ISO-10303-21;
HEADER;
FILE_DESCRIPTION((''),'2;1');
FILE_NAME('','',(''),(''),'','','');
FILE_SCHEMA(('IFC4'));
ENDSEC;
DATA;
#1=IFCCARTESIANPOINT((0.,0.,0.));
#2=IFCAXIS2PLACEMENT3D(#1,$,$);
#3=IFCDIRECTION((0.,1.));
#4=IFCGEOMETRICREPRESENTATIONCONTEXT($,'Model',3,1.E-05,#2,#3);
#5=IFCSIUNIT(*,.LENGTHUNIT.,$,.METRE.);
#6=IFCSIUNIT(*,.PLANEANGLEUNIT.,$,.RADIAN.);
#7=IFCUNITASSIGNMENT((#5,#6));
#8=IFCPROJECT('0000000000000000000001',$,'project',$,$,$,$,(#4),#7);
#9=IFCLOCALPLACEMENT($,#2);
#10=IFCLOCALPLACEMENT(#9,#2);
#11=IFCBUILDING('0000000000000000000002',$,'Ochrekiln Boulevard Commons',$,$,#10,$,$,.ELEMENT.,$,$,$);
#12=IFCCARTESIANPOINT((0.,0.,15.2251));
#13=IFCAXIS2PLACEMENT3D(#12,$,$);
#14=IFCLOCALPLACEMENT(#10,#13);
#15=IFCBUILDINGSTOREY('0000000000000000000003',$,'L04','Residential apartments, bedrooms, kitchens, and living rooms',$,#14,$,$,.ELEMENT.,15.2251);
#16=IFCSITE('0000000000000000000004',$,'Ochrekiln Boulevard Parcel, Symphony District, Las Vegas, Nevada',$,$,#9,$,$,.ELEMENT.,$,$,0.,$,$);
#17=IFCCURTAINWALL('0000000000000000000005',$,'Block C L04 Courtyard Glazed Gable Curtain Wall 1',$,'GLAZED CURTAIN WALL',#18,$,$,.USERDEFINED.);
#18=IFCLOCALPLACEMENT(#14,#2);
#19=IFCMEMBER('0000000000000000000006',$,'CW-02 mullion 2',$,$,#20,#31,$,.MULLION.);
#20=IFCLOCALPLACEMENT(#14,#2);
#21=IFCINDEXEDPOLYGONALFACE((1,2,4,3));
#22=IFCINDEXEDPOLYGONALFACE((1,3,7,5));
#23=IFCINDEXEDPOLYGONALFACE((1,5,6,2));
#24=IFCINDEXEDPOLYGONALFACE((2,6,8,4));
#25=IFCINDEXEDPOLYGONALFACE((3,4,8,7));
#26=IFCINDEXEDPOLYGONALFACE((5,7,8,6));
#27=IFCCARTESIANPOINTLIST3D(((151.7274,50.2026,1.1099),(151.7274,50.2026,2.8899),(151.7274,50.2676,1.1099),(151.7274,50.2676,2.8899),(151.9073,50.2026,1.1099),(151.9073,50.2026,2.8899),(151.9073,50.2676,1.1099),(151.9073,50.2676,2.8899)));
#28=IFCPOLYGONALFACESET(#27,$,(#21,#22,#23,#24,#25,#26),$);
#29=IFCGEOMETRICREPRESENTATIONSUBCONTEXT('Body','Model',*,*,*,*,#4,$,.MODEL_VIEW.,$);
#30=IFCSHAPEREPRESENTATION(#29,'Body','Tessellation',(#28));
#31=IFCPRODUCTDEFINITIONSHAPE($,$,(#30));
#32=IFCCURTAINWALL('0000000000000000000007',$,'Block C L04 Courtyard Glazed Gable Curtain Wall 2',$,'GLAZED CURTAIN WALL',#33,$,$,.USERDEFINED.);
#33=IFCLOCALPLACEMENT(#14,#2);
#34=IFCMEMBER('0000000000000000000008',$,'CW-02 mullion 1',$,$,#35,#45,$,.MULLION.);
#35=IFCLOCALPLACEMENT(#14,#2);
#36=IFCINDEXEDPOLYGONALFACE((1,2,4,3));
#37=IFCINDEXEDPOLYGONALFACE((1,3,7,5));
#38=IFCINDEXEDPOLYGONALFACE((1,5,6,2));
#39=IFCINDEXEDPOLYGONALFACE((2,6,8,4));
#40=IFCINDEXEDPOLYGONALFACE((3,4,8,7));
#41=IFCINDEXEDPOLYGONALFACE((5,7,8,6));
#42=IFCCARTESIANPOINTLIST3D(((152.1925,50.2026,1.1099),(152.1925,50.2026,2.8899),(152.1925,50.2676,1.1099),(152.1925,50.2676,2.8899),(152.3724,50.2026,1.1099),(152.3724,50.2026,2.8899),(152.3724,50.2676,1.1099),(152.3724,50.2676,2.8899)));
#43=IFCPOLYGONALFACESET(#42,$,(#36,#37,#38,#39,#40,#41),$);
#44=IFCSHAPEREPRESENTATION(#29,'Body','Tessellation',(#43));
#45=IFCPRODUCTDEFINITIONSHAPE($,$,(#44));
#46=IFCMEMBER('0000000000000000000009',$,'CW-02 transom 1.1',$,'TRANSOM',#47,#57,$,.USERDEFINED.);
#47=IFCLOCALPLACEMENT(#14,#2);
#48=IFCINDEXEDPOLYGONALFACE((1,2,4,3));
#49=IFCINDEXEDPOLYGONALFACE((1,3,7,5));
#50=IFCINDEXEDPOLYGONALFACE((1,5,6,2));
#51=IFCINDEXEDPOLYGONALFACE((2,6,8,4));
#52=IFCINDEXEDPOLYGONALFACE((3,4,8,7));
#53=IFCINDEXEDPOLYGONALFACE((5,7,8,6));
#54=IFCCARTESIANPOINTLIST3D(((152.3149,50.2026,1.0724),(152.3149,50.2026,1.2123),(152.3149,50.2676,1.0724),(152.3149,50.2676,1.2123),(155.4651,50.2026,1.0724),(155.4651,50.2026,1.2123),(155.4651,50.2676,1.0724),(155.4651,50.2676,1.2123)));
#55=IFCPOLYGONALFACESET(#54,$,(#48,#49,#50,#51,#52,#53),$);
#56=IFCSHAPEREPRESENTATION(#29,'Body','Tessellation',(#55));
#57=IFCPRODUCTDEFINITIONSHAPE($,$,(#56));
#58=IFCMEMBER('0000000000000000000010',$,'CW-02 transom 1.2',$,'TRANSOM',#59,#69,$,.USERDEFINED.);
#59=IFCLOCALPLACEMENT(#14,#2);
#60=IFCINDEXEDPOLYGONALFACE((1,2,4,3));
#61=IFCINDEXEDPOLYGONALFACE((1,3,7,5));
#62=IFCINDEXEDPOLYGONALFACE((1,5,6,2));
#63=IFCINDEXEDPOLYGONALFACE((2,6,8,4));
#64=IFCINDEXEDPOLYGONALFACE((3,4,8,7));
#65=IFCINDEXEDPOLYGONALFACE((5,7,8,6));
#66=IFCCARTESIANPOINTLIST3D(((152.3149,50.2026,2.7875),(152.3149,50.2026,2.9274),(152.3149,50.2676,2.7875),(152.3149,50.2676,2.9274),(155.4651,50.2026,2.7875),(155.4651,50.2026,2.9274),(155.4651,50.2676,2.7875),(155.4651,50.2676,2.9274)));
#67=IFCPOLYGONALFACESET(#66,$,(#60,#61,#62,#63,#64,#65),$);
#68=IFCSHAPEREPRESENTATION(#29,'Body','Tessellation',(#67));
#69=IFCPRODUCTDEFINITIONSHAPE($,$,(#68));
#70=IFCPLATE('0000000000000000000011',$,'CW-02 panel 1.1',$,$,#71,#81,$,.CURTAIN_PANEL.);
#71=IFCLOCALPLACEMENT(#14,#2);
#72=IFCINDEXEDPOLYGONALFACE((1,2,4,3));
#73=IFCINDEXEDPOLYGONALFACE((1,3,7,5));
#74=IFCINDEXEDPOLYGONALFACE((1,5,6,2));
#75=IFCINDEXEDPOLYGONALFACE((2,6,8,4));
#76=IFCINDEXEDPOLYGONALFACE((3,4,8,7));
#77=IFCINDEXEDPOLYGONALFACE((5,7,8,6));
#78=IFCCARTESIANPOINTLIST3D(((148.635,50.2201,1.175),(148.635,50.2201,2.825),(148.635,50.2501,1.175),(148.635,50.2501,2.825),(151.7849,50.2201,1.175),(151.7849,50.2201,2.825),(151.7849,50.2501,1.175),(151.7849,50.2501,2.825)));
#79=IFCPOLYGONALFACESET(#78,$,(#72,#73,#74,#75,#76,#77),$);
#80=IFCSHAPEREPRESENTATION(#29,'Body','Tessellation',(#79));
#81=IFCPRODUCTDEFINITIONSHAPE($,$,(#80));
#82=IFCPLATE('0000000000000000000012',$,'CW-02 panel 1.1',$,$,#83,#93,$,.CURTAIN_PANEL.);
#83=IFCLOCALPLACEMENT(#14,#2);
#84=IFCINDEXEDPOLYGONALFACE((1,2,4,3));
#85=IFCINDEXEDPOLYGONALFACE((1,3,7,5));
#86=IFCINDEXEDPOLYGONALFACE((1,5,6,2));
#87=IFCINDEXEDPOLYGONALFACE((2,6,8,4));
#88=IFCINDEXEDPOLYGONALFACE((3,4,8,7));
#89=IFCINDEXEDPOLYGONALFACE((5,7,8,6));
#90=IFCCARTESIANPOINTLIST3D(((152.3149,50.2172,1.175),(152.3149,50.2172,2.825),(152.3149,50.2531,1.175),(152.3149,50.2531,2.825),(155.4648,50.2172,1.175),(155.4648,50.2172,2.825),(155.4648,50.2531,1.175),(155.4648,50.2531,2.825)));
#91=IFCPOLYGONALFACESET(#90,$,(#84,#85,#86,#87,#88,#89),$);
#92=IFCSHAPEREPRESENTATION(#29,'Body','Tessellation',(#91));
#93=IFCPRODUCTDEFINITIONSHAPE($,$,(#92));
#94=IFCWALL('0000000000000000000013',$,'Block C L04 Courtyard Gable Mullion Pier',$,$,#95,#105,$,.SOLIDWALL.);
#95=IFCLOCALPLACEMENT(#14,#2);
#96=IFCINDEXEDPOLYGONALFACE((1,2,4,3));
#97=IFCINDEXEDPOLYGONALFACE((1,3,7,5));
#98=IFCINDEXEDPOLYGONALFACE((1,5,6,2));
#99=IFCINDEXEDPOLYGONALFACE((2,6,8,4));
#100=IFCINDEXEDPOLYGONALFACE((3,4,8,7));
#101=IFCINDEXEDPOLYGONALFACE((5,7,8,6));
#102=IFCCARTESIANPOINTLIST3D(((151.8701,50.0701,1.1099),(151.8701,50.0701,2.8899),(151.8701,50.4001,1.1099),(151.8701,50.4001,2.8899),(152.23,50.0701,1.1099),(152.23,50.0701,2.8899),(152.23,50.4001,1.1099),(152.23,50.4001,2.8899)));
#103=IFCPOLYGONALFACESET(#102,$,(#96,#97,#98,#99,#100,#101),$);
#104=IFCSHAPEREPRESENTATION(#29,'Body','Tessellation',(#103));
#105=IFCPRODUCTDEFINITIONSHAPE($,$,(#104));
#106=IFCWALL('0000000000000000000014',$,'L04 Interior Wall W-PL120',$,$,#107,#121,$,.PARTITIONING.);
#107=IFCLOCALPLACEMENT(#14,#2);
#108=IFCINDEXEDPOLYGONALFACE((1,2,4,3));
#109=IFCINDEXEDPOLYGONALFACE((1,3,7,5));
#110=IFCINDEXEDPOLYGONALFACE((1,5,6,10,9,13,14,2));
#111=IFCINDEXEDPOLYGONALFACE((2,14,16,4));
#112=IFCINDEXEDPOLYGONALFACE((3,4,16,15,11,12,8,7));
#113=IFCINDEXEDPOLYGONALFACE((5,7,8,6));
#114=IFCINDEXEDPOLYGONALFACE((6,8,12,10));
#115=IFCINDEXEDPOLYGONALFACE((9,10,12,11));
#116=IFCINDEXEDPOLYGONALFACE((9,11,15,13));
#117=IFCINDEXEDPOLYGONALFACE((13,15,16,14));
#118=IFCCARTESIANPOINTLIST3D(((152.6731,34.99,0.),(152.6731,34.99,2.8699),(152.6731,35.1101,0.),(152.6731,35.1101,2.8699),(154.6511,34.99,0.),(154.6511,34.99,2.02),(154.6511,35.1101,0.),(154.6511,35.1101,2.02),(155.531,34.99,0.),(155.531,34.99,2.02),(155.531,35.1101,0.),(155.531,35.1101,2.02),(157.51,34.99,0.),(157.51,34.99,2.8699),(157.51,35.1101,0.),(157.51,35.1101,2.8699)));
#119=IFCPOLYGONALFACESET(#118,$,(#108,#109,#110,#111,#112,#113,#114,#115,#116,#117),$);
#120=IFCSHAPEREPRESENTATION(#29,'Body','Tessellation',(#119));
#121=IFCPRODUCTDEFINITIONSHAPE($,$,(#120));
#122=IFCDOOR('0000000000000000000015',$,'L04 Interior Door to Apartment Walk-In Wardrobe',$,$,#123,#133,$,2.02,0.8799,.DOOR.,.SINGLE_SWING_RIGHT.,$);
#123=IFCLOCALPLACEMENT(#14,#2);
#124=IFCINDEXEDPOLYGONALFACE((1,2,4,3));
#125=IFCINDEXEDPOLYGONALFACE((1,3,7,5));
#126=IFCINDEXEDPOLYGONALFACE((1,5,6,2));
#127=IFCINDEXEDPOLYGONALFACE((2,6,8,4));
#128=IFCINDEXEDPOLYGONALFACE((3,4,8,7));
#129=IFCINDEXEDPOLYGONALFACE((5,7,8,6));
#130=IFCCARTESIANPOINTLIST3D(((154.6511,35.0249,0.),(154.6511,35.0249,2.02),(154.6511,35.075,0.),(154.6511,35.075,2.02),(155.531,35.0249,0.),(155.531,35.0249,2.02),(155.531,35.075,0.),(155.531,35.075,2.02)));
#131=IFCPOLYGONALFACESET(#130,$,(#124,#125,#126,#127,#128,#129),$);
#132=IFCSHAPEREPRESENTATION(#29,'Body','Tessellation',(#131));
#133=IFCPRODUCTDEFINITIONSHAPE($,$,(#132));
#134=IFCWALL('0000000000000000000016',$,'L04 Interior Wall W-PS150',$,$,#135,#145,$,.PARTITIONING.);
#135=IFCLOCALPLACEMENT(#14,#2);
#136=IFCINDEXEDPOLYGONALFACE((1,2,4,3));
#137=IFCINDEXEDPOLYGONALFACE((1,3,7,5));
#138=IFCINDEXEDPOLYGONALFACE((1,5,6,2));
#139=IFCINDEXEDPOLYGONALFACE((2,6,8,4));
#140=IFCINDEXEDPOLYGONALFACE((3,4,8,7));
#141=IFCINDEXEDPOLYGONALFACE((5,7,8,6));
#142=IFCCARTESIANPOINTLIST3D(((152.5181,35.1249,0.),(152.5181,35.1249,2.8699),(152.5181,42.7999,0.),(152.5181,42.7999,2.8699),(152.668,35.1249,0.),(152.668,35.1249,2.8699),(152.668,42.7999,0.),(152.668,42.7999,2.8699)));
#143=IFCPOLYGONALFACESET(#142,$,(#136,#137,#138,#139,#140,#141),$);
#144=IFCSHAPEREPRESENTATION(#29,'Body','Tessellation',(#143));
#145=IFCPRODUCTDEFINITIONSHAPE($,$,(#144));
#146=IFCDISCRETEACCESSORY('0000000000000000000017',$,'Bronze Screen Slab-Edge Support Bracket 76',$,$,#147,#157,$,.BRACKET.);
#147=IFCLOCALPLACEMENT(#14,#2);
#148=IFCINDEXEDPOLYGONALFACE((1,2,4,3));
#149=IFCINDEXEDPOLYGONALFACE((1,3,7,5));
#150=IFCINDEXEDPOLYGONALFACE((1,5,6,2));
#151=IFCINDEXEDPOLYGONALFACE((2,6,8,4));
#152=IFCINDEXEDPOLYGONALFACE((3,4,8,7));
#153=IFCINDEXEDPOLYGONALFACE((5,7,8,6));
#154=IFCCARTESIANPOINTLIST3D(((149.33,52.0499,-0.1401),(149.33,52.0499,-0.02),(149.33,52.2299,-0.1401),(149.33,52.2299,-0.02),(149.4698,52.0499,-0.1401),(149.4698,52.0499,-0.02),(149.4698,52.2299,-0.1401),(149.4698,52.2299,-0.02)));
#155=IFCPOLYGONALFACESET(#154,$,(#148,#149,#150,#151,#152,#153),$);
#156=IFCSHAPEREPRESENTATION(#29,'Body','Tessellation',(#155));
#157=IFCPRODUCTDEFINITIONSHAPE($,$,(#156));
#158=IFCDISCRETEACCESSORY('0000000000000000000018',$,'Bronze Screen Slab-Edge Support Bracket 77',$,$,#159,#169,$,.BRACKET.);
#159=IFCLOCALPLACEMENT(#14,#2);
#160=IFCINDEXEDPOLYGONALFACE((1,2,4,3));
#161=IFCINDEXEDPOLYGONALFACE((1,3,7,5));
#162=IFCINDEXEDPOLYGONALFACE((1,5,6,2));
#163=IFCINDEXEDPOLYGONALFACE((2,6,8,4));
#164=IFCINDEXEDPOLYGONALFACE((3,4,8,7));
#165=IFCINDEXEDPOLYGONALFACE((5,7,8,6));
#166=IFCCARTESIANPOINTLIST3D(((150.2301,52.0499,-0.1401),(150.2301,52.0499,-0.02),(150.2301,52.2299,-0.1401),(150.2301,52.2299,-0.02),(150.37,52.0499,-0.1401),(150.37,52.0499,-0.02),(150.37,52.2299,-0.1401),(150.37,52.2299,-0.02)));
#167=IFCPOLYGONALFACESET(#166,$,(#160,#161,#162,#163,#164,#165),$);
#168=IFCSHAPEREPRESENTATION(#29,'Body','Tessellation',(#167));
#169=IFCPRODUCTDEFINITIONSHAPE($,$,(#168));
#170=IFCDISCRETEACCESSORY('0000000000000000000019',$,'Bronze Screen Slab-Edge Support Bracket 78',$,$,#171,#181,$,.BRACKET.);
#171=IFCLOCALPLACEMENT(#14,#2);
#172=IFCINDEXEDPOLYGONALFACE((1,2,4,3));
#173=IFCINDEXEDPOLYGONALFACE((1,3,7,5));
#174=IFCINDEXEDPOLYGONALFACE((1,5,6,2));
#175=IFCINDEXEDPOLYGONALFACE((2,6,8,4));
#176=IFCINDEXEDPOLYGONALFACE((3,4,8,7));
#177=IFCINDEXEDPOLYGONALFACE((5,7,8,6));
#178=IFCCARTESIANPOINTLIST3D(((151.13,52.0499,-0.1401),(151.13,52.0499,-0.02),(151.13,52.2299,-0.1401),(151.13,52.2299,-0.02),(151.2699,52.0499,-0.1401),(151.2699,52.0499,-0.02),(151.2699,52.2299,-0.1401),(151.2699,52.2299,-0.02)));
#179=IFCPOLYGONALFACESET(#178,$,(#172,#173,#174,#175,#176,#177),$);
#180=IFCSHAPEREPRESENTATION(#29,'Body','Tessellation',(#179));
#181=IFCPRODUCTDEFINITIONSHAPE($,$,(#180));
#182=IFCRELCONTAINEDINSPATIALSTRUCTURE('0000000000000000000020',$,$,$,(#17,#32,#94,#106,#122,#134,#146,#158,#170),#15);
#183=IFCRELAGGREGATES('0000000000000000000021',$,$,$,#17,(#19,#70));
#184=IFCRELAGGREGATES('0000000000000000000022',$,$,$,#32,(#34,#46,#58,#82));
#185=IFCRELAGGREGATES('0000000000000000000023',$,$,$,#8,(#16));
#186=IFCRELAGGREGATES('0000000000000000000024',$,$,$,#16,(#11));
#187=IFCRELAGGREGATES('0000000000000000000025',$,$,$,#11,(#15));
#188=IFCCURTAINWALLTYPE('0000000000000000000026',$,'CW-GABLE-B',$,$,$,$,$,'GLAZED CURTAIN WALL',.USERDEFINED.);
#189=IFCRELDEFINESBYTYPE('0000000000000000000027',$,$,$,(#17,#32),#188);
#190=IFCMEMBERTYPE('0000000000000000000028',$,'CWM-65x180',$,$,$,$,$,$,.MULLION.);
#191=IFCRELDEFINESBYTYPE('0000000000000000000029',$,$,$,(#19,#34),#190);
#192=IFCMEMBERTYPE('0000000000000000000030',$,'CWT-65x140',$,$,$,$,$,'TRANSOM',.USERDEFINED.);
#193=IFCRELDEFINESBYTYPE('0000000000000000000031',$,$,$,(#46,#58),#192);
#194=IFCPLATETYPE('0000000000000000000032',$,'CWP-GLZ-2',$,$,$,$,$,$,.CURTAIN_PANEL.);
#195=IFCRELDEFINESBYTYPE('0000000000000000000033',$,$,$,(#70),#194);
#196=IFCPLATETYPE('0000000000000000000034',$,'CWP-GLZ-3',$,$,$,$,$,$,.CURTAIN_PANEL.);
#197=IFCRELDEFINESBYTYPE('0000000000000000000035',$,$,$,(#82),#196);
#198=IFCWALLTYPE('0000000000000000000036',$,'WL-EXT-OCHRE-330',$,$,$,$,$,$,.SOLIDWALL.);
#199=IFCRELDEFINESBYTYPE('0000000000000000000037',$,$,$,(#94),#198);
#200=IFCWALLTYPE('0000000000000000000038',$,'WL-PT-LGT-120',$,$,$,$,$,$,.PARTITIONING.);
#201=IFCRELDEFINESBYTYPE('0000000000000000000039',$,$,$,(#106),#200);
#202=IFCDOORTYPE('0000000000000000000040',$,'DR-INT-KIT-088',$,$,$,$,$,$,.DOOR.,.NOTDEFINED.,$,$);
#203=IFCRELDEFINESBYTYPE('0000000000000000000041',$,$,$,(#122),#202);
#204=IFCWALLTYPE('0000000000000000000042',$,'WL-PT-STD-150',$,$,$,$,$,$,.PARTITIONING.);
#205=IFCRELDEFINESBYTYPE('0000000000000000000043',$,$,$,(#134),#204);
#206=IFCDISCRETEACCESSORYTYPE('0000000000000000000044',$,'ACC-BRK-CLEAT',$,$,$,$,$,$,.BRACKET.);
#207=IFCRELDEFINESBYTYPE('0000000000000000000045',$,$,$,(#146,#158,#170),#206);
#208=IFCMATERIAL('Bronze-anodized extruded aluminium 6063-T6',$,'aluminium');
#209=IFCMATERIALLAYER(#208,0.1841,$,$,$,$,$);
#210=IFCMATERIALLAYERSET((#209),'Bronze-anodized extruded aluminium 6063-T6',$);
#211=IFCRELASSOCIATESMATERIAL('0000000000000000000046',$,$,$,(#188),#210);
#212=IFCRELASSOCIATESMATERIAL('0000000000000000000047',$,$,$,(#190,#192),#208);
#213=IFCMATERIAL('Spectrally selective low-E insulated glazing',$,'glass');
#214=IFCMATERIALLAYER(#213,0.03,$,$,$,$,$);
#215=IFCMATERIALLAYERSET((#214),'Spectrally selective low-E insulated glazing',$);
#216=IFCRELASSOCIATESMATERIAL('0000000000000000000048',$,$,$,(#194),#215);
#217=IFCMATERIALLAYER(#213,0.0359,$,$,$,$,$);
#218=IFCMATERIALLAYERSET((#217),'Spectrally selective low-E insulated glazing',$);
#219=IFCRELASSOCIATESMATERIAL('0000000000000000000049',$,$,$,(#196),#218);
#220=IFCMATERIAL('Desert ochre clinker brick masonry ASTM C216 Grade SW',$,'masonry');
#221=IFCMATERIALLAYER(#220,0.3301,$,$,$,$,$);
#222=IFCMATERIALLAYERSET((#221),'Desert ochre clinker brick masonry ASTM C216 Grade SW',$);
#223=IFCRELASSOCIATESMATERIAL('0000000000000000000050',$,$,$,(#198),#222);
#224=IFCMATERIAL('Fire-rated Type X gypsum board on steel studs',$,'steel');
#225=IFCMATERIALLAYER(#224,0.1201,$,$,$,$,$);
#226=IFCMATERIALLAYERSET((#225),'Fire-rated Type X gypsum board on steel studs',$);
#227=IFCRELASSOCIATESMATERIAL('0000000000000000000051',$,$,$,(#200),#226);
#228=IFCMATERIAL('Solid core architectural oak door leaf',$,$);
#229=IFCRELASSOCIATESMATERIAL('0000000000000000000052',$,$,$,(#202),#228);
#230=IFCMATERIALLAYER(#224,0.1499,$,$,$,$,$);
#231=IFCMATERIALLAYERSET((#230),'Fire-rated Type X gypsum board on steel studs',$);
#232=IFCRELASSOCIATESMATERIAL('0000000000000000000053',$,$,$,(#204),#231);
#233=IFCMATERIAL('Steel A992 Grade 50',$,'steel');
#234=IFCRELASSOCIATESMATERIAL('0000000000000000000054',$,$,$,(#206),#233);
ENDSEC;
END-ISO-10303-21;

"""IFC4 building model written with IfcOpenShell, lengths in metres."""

from ifc_helpers import new_model, si_unit, direction, frame, frame_2d, origin, origin_2d, place, context, subcontext, project, spatial, rectangle, extrude, material, layer, layer_set, material_profile, profile_set, type_object, element, fill, aggregate, save


model = new_model("IFC4")

# Units and contexts
model_context = context("Model", 3, precision=1e-05, world=origin(), true_north=direction((0.0, 1.0)))
body_context = subcontext(model_context, "Body", "Model", "MODEL_VIEW")
ifc_project = project(units=[si_unit("LENGTHUNIT", "METRE"), si_unit("PLANEANGLEUNIT", "RADIAN")], contexts=[model_context])

# Site, building, storey
site_placement = place(None, origin())
site = spatial("IfcSite", under=ifc_project, at=site_placement, Name="Ochrekiln Boulevard Parcel, Symphony District, Las Vegas, Nevada", CompositionType="ELEMENT", RefElevation=0.0)
building_placement = place(site_placement, origin())
building = spatial("IfcBuilding", under=site, at=building_placement, Name="Ochrekiln Boulevard Commons", CompositionType="ELEMENT")
storey_placement = place(building_placement, frame((0.0, 0.0, 15.2251)))
storey = spatial("IfcBuildingStorey", under=building, at=storey_placement, Name="L04", Description="Residential apartments, bedrooms, kitchens, and living rooms", CompositionType="ELEMENT", Elevation=15.2251)

# Curtain wall, member
ifc_material_1 = material(Name="Bronze-anodized extruded aluminium 6063-T6", Category="aluminium")
ifc_layer_1 = layer(ifc_material_1, 0.1841)
ifc_layer_set_1 = layer_set([ifc_layer_1], Name="Bronze-anodized extruded aluminium 6063-T6")
curtain_wall_type = type_object("IfcCurtainWallType", Name="CW-GABLE-B", ElementType="GLAZED CURTAIN WALL", PredefinedType="USERDEFINED", material=ifc_layer_set_1)
curtain_wall_1_placement = place(storey_placement, origin())
curtain_wall_1 = element("IfcCurtainWall", 1, at=curtain_wall_1_placement, inside=storey, type_object=curtain_wall_type, Name="Block C L04 Courtyard Glazed Gable Curtain Wall 1", ObjectType="GLAZED CURTAIN WALL", PredefinedType="USERDEFINED")
ifc_material_profile_1 = material_profile(ifc_material_1, rectangle(XDim=0.0649, YDim=0.1799, at=origin_2d()), Name="ALU-MUL-65x180")
ifc_profile_set_1 = profile_set([ifc_material_profile_1], Name="Bronze-anodized extruded aluminium 6063-T6")
member_type_1 = type_object("IfcMemberType", Name="CWM-65x180", PredefinedType="MULLION", material=ifc_profile_set_1)
member_1_placement = place(storey_placement, frame((151.8174, 50.2351, 1.1099), z_axis=(0.0, 0.0, 1.0), x_axis=(0.0, 1.0, 0.0)))
member_1 = element("IfcMember", 2, at=member_1_placement, type_object=member_type_1, Name="CW-02 mullion 2", PredefinedType="MULLION", context=body_context, shape_type="SweptSolid", body=[
    extrude(rectangle(XDim=0.0649, YDim=0.1799, at=origin_2d()), origin(), (0.0, 0.0, 1.0), 1.78),
])

# Curtain wall, members
curtain_wall_2_placement = place(storey_placement, origin())
curtain_wall_2 = element("IfcCurtainWall", 3, at=curtain_wall_2_placement, inside=storey, type_object=curtain_wall_type, Name="Block C L04 Courtyard Glazed Gable Curtain Wall 2", ObjectType="GLAZED CURTAIN WALL", PredefinedType="USERDEFINED")
member_2_placement = place(storey_placement, frame((152.2825, 50.2351, 1.1099), z_axis=(0.0, 0.0, 1.0), x_axis=(0.0, 1.0, 0.0)))
member_2 = element("IfcMember", 4, at=member_2_placement, type_object=member_type_1, Name="CW-02 mullion 1", PredefinedType="MULLION", context=body_context, shape_type="SweptSolid", body=[
    extrude(rectangle(XDim=0.0649, YDim=0.1799, at=origin_2d()), origin(), (0.0, 0.0, 1.0), 1.78),
])
ifc_material_profile_2 = material_profile(ifc_material_1, rectangle(XDim=0.0649, YDim=0.1399, at=origin_2d()), Name="ALU-TRN-65x140")
ifc_profile_set_2 = profile_set([ifc_material_profile_2], Name="Bronze-anodized extruded aluminium 6063-T6")
member_type_2 = type_object("IfcMemberType", Name="CWT-65x140", ElementType="TRANSOM", PredefinedType="USERDEFINED", material=ifc_profile_set_2)
member_3_placement = place(storey_placement, frame((152.3149, 50.2351, 1.1423), z_axis=(1.0, 0.0, 0.0), x_axis=(0.0, 1.0, 0.0)))
member_3 = element("IfcMember", 5, at=member_3_placement, type_object=member_type_2, Name="CW-02 transom 1.1", ObjectType="TRANSOM", PredefinedType="USERDEFINED", context=body_context, shape_type="SweptSolid", body=[
    extrude(rectangle(XDim=0.0649, YDim=0.1399, at=origin_2d()), origin(), (0.0, 0.0, 1.0), 3.1501),
])
member_4_placement = place(storey_placement, frame((152.3149, 50.2351, 2.8574), z_axis=(1.0, 0.0, 0.0), x_axis=(0.0, 1.0, 0.0)))
member_4 = element("IfcMember", 6, at=member_4_placement, type_object=member_type_2, Name="CW-02 transom 1.2", ObjectType="TRANSOM", PredefinedType="USERDEFINED", context=body_context, shape_type="SweptSolid", body=[
    extrude(rectangle(XDim=0.0649, YDim=0.1399, at=origin_2d()), origin(), (0.0, 0.0, 1.0), 3.1501),
])

# Plates
ifc_material_2 = material(Name="Spectrally selective low-E insulated glazing", Category="glass")
ifc_layer_2 = layer(ifc_material_2, 0.03)
ifc_layer_set_2 = layer_set([ifc_layer_2], Name="Spectrally selective low-E insulated glazing")
plate_type_1 = type_object("IfcPlateType", Name="CWP-GLZ-2", PredefinedType="CURTAIN_PANEL", material=ifc_layer_set_2)
plate_1_placement = place(storey_placement, frame((150.21, 50.2351, 1.175), z_axis=(0.0, 0.0, 1.0), x_axis=(1.0, 0.0, 0.0)))
plate_1 = element("IfcPlate", 7, at=plate_1_placement, type_object=plate_type_1, Name="CW-02 panel 1.1", PredefinedType="CURTAIN_PANEL", context=body_context, shape_type="SweptSolid", body=[
    extrude(rectangle(XDim=3.1499, YDim=0.03, at=origin_2d()), origin(), (0.0, 0.0, 1.0), 1.6499),
])
aggregate(curtain_wall_1, [member_1, plate_1])
ifc_layer_3 = layer(ifc_material_2, 0.0359)
ifc_layer_set_3 = layer_set([ifc_layer_3], Name="Spectrally selective low-E insulated glazing")
plate_type_2 = type_object("IfcPlateType", Name="CWP-GLZ-3", PredefinedType="CURTAIN_PANEL", material=ifc_layer_set_3)
plate_2_placement = place(storey_placement, frame((153.8899, 50.2351, 1.175), z_axis=(0.0, 0.0, 1.0), x_axis=(1.0, 0.0, 0.0)))
plate_2 = element("IfcPlate", 8, at=plate_2_placement, type_object=plate_type_2, Name="CW-02 panel 1.1", PredefinedType="CURTAIN_PANEL", context=body_context, shape_type="SweptSolid", body=[
    extrude(rectangle(XDim=3.1499, YDim=0.0359, at=origin_2d()), origin(), (0.0, 0.0, 1.0), 1.6499),
])
aggregate(curtain_wall_2, [member_2, member_3, member_4, plate_2])

# Wall
ifc_material_3 = material(Name="Desert ochre clinker brick masonry ASTM C216 Grade SW", Category="masonry")
ifc_layer_4 = layer(ifc_material_3, 0.3301)
ifc_layer_set_4 = layer_set([ifc_layer_4], Name="Desert ochre clinker brick masonry ASTM C216 Grade SW")
wall_type_1 = type_object("IfcWallType", Name="WL-EXT-OCHRE-330", PredefinedType="SOLIDWALL", material=ifc_layer_set_4)
wall_1_placement = place(storey_placement, frame((151.8701, 50.2351, 1.1099), z_axis=(0.0, 0.0, 1.0), x_axis=(1.0, 0.0, 0.0)))
element("IfcWall", 9, at=wall_1_placement, inside=storey, type_object=wall_type_1, Name="Block C L04 Courtyard Gable Mullion Pier", PredefinedType="SOLIDWALL", context=body_context, shape_type="SweptSolid", body=[
    extrude(rectangle(XDim=0.3599, YDim=0.3301, at=frame_2d((0.1799, 0.0))), origin(), (0.0, 0.0, 1.0), 1.78),
])

# Wall, opening, door
ifc_material_4 = material(Name="Fire-rated Type X gypsum board on steel studs", Category="steel")
ifc_layer_5 = layer(ifc_material_4, 0.1201)
ifc_layer_set_5 = layer_set([ifc_layer_5], Name="Fire-rated Type X gypsum board on steel studs")
wall_type_2 = type_object("IfcWallType", Name="WL-PT-LGT-120", PredefinedType="PARTITIONING", material=ifc_layer_set_5)
wall_2_placement = place(storey_placement, frame((152.6731, 35.05, 0.0), z_axis=(0.0, 0.0, 1.0), x_axis=(1.0, 0.0, 0.0)))
wall_2 = element("IfcWall", 10, at=wall_2_placement, inside=storey, type_object=wall_type_2, Name="L04 Interior Wall W-PL120", PredefinedType="PARTITIONING", context=body_context, shape_type="SweptSolid", body=[
    extrude(rectangle(XDim=4.8369, YDim=0.1201, at=frame_2d((2.4185, 0.0))), origin(), (0.0, 0.0, 1.0), 2.8699),
])
opening_placement = place(wall_2_placement, frame((1.978, 0.0, 0.0)))
opening = element("IfcOpeningElement", 11, at=opening_placement, cuts=wall_2, PredefinedType="OPENING", context=body_context, shape_type="SweptSolid", body=[
    extrude(rectangle(XDim=0.8799, YDim=2.02, at=frame_2d((0.4399, 1.01))), frame((0.0, 0.0701, 0.0), z_axis=(0.0, -1.0, 0.0), x_axis=(1.0, 0.0, 0.0)), (0.0, 0.0, 1.0), 0.1401),
])
ifc_material_5 = material(Name="Solid core architectural oak door leaf")
door_type = type_object("IfcDoorType", Name="DR-INT-KIT-088", OperationType="NOTDEFINED", PredefinedType="DOOR", material=ifc_material_5)
door_placement = place(opening_placement, origin())
door = element("IfcDoor", 12, at=door_placement, inside=storey, type_object=door_type, Name="L04 Interior Door to Apartment Walk-In Wardrobe", OperationType="SINGLE_SWING_RIGHT", OverallHeight=2.02, OverallWidth=0.8799, PredefinedType="DOOR", context=body_context, shape_type="SweptSolid", body=[
    extrude(rectangle(XDim=0.8799, YDim=2.02, at=frame_2d((0.4399, 1.01))), frame((0.0, 0.0249, 0.0), z_axis=(0.0, -1.0, 0.0), x_axis=(1.0, 0.0, 0.0)), (0.0, 0.0, 1.0), 0.05),
])
fill(opening, door)

# Wall
ifc_layer_6 = layer(ifc_material_4, 0.1499)
ifc_layer_set_6 = layer_set([ifc_layer_6], Name="Fire-rated Type X gypsum board on steel studs")
wall_type_3 = type_object("IfcWallType", Name="WL-PT-STD-150", PredefinedType="PARTITIONING", material=ifc_layer_set_6)
wall_3_placement = place(storey_placement, frame((152.593, 35.125, 0.0), z_axis=(0.0, 0.0, 1.0), x_axis=(0.0, 1.0, 0.0)))
element("IfcWall", 13, at=wall_3_placement, inside=storey, type_object=wall_type_3, Name="L04 Interior Wall W-PS150", PredefinedType="PARTITIONING", context=body_context, shape_type="SweptSolid", body=[
    extrude(rectangle(XDim=7.675, YDim=0.1499, at=frame_2d((3.8374, 0.0))), origin(), (0.0, 0.0, 1.0), 2.8699),
])

# Discrete accessories
ifc_material_6 = material(Name="Steel A992 Grade 50", Category="steel")
discrete_accessory_type = type_object("IfcDiscreteAccessoryType", Name="ACC-BRK-CLEAT", PredefinedType="BRACKET", material=ifc_material_6)
for number, where, z_axis, x_axis, name in (
    (14, (149.3999, 52.1399, -0.1401), (0.0, 0.0, 1.0), (1.0, 0.0, 0.0), "Bronze Screen Slab-Edge Support Bracket 76"),
    (15, (150.3, 52.1399, -0.1401), (0.0, 0.0, 1.0), (1.0, 0.0, 0.0), "Bronze Screen Slab-Edge Support Bracket 77"),
    (16, (151.2, 52.1399, -0.1401), (0.0, 0.0, 1.0), (1.0, 0.0, 0.0), "Bronze Screen Slab-Edge Support Bracket 78"),
):
    element("IfcDiscreteAccessory", number, at=place(storey_placement, frame(where, z_axis=z_axis, x_axis=x_axis)), inside=storey, type_object=discrete_accessory_type, Name=name, PredefinedType="BRACKET", context=body_context, shape_type="SweptSolid", body=[
        extrude(rectangle(XDim=0.1399, YDim=0.1799, at=origin_2d()), origin(), (0.0, 0.0, 1.0), 0.1201),
    ])

save(model, "model.ifc")
